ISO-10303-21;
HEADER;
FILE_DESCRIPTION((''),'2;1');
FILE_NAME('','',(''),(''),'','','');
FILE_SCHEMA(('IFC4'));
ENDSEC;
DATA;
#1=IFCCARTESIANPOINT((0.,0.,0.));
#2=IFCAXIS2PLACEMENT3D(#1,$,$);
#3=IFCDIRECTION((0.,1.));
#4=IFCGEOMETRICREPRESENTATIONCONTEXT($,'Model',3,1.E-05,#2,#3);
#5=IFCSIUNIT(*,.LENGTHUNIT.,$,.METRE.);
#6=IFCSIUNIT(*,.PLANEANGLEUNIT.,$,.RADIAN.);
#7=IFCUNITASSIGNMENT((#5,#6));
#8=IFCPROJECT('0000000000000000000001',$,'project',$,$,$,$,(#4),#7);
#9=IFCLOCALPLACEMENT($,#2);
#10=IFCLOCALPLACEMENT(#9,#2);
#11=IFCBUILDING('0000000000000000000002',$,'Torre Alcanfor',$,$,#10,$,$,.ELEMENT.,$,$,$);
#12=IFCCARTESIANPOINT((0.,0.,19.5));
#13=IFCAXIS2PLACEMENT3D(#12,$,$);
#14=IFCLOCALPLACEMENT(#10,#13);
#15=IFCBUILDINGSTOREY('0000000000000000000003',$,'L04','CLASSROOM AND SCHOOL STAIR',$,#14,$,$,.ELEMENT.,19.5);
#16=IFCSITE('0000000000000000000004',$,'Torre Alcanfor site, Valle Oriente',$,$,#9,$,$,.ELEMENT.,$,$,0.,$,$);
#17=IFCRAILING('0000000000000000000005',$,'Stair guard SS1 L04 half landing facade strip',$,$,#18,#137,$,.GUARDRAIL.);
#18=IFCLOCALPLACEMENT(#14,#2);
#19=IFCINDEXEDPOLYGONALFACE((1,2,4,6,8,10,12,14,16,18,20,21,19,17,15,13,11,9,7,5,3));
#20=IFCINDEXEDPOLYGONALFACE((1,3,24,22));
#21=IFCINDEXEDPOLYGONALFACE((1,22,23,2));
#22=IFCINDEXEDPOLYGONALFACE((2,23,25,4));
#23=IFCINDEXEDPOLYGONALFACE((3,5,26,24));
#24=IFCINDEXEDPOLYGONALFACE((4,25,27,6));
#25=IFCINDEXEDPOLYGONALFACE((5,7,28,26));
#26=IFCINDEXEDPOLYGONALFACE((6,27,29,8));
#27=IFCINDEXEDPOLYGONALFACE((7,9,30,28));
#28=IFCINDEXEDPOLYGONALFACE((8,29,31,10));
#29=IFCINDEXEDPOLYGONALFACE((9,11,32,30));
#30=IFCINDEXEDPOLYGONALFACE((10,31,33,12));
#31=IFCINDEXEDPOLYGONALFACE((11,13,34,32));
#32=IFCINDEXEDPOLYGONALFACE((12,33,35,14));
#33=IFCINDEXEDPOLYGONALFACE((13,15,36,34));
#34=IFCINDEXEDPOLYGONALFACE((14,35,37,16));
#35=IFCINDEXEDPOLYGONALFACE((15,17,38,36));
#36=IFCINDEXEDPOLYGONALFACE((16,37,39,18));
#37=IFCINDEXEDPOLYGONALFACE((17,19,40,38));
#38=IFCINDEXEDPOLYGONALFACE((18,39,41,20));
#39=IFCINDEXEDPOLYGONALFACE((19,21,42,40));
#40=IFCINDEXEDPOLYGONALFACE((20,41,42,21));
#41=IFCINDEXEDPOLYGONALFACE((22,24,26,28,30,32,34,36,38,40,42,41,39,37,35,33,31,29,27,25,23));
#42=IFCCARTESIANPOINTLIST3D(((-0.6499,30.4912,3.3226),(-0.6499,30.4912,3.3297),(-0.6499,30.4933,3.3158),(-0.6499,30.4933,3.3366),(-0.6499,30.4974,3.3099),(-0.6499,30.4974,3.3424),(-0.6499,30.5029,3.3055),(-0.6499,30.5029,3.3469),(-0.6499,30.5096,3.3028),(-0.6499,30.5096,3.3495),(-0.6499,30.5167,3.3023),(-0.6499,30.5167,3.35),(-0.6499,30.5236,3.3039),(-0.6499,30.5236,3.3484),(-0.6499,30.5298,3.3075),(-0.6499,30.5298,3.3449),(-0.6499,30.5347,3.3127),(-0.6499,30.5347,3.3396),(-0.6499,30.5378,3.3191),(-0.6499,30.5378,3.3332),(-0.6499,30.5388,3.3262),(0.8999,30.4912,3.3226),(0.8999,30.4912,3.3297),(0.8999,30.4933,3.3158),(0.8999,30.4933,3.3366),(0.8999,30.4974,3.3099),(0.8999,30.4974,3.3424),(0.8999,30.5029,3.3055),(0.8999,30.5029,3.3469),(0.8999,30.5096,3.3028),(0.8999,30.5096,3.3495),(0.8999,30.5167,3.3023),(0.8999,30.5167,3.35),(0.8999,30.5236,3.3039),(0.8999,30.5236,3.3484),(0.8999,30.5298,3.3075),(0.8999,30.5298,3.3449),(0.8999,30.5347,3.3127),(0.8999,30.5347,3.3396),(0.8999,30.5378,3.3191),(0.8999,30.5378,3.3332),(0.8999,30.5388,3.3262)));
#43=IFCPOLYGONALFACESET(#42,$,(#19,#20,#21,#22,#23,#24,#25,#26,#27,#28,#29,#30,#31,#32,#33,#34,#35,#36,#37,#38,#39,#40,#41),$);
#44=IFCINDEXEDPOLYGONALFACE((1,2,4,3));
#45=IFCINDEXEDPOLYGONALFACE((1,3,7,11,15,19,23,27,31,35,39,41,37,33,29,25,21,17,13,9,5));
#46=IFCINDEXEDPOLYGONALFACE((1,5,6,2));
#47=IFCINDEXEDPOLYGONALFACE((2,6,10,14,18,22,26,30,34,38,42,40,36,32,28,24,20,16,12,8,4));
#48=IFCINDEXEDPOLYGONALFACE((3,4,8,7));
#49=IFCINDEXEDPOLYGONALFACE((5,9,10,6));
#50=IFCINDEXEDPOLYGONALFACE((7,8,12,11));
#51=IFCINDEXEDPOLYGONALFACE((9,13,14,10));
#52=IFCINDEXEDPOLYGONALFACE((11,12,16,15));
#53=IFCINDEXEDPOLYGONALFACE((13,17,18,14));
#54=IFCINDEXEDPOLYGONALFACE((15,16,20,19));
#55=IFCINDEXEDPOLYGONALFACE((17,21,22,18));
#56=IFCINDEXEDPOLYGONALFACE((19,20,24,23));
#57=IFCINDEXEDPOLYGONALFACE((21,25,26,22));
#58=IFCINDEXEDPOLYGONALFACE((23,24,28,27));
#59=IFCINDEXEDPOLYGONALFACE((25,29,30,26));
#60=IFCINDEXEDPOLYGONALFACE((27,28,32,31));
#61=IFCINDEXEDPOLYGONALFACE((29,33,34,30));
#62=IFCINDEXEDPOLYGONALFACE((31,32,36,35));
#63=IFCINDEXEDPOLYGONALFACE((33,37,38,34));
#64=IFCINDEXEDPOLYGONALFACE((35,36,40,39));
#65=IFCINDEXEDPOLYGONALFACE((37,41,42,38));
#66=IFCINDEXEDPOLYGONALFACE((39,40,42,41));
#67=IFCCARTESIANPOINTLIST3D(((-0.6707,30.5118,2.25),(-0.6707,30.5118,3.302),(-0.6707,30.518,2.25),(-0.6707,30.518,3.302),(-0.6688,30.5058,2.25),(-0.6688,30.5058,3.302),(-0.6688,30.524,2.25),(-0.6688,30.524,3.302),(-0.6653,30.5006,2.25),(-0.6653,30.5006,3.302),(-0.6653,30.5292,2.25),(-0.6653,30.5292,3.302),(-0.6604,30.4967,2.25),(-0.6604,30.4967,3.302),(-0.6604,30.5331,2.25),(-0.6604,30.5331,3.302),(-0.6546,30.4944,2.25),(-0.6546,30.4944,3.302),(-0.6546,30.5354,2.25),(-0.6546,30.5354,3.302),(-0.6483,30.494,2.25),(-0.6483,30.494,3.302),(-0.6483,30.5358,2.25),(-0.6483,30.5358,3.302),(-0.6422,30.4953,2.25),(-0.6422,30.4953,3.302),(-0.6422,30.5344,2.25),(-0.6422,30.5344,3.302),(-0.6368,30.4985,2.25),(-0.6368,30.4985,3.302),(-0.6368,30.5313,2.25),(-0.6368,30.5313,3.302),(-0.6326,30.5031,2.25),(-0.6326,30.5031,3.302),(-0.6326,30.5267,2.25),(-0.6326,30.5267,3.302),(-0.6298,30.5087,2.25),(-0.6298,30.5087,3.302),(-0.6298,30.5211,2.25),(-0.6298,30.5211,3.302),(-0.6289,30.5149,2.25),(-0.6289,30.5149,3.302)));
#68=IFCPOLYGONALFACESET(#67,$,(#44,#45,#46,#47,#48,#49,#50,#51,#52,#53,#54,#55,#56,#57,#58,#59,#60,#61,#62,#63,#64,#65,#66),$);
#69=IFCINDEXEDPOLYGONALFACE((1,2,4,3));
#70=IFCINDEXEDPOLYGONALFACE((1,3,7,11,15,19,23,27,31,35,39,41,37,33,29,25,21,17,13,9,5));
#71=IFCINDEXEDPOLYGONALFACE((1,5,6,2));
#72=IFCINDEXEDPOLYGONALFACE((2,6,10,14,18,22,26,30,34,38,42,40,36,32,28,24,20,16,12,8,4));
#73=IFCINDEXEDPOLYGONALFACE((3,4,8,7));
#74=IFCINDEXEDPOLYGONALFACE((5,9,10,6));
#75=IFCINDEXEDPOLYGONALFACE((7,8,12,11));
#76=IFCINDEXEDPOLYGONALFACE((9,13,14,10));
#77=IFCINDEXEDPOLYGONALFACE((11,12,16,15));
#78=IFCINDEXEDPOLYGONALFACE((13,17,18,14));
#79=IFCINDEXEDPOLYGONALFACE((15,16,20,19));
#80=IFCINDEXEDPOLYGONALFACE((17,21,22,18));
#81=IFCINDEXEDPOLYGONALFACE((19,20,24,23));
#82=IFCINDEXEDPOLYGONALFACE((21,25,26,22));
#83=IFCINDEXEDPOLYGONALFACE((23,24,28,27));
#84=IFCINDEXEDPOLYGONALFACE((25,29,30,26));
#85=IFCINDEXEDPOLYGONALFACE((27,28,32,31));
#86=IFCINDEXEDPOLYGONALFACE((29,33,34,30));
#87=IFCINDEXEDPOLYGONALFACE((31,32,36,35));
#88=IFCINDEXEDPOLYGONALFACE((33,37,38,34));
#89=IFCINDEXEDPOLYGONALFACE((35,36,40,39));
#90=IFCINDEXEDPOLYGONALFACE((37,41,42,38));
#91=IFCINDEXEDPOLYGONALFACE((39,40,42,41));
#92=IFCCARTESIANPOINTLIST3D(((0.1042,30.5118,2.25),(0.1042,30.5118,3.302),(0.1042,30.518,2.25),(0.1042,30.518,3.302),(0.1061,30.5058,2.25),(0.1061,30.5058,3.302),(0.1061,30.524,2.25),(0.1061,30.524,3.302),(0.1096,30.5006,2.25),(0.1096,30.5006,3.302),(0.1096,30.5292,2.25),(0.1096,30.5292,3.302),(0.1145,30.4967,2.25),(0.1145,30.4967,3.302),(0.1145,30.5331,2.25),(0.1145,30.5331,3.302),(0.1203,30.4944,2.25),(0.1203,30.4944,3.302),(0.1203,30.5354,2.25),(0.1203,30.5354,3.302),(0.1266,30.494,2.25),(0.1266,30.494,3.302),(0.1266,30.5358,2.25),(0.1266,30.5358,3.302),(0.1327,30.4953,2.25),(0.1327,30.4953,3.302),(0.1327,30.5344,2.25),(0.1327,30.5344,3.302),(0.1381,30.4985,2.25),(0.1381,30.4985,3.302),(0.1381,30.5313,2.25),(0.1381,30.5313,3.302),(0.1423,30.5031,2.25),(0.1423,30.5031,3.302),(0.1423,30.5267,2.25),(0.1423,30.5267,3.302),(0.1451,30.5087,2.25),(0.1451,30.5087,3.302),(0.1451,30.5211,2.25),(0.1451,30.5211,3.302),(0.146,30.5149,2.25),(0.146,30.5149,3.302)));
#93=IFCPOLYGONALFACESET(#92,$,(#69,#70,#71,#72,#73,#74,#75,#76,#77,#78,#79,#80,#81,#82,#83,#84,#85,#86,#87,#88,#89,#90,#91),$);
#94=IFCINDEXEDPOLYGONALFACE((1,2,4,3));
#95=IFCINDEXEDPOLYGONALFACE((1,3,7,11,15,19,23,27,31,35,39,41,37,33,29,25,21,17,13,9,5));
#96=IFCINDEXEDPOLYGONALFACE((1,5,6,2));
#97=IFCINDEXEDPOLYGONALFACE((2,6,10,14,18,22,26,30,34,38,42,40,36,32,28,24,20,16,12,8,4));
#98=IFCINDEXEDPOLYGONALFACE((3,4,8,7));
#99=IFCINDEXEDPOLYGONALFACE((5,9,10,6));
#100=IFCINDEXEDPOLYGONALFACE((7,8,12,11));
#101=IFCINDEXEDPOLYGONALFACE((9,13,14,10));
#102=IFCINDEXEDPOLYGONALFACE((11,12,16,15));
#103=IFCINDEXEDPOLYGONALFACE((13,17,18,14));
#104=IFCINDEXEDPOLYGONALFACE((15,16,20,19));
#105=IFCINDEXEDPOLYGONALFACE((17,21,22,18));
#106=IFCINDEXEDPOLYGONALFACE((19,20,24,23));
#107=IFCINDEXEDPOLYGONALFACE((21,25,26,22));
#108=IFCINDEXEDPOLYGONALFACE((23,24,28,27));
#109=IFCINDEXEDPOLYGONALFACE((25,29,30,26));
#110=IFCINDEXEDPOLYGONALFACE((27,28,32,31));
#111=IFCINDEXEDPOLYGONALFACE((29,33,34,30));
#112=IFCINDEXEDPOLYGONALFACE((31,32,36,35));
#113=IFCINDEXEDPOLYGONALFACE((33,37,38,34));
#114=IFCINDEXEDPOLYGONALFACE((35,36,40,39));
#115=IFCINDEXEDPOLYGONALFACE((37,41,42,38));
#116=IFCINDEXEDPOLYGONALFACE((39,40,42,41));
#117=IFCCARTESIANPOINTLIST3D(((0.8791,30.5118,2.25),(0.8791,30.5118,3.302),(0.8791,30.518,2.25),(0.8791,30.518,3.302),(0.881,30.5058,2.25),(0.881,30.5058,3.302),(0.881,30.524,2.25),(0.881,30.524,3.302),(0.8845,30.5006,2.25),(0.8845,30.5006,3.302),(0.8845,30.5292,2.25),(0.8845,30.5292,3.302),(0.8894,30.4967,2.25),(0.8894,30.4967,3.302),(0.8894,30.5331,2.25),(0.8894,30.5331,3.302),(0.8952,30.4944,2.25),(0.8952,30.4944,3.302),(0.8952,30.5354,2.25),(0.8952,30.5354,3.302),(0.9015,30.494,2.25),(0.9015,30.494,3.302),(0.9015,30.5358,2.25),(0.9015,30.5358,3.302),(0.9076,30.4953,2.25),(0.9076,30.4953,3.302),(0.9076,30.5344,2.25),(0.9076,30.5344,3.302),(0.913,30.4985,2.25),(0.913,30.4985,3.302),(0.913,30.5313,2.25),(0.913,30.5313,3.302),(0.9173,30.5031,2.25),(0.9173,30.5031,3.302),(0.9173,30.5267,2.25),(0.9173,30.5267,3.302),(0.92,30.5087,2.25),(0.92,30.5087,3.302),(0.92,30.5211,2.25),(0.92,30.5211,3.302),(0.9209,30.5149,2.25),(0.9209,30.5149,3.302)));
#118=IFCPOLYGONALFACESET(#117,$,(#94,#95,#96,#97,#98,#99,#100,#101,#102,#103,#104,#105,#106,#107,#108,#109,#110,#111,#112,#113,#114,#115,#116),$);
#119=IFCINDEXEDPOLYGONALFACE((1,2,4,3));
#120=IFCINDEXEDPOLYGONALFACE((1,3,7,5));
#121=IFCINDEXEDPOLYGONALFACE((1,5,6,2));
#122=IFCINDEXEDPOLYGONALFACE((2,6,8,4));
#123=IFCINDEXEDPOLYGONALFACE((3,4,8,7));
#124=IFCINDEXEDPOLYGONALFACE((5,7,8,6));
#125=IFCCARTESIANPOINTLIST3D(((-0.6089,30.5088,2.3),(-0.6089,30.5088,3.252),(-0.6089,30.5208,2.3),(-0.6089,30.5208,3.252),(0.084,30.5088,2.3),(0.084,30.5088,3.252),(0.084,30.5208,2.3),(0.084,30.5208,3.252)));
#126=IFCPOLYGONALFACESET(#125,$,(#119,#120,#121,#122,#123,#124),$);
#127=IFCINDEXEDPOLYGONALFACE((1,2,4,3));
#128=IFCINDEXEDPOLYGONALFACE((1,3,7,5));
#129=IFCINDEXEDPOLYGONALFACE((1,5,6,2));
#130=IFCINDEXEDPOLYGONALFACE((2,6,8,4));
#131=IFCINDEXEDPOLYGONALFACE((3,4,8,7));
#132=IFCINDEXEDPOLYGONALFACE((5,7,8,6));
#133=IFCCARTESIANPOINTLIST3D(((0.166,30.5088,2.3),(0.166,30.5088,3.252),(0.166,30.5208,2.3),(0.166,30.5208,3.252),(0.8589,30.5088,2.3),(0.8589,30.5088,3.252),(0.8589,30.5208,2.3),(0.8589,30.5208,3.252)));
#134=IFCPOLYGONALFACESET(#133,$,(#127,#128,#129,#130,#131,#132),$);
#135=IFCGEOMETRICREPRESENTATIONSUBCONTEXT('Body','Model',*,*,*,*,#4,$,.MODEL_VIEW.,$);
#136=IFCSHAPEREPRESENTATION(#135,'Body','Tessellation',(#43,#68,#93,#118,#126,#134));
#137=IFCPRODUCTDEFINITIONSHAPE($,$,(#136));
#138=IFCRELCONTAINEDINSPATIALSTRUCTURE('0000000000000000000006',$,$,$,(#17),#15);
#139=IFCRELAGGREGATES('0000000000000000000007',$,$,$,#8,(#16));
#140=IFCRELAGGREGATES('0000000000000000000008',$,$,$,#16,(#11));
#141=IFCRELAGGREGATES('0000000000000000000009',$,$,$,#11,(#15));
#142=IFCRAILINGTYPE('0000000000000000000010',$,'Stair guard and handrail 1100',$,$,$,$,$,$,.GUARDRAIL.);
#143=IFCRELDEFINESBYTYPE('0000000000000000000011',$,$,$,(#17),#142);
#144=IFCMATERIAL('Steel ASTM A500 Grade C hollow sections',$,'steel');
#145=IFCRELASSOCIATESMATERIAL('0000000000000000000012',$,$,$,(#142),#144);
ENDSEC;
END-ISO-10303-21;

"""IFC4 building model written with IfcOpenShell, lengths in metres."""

from ifc_helpers import new_model, si_unit, direction, frame, origin, origin_2d, place, context, subcontext, project, spatial, polyline, circle, outline, extrude, material, type_object, element, save


model = new_model("IFC4")

# Units and contexts
model_context = context("Model", 3, precision=1e-05, world=origin(), true_north=direction((0.0, 1.0)))
body_context = subcontext(model_context, "Body", "Model", "MODEL_VIEW")
ifc_project = project(units=[si_unit("LENGTHUNIT", "METRE"), si_unit("PLANEANGLEUNIT", "RADIAN")], contexts=[model_context])

# Site, building, storey
site_placement = place(None, origin())
site = spatial("IfcSite", under=ifc_project, at=site_placement, Name="Torre Alcanfor site, Valle Oriente", CompositionType="ELEMENT", RefElevation=0.0)
building_placement = place(site_placement, origin())
building = spatial("IfcBuilding", under=site, at=building_placement, Name="Torre Alcanfor", CompositionType="ELEMENT")
storey_placement = place(building_placement, frame((0.0, 0.0, 19.5)))
storey = spatial("IfcBuildingStorey", under=building, at=storey_placement, Name="L04", Description="CLASSROOM AND SCHOOL STAIR", CompositionType="ELEMENT", Elevation=19.5)

# Railing
ifc_material_1 = material(Name="Steel ASTM A500 Grade C hollow sections", Category="steel")
railing_type_1 = type_object("IfcRailingType", Name="Stair guard and handrail 1100", PredefinedType="GUARDRAIL", material=ifc_material_1)
railing_1_placement = place(storey_placement, frame((-0.6499, 30.5149, 2.25)))
element("IfcRailing", 1, at=railing_1_placement, inside=storey, type_object=railing_type_1, Name="Stair guard SS1 L04 half landing facade strip", PredefinedType="GUARDRAIL", context=body_context, shape_type="SweptSolid", body=[
    extrude(circle(Radius=0.0239, at=origin_2d()), frame((0.0, 0.0, 1.0762), z_axis=(1.0, 0.0, 0.0), x_axis=(0.0, 1.0, 0.0)), (0.0, 0.0, 1.0), 1.5498),
    extrude(circle(Radius=0.021, at=origin_2d()), origin(), (0.0, 0.0, 1.0), 1.052),
    extrude(circle(Radius=0.021, at=origin_2d()), frame((0.7749, 0.0, 0.0)), (0.0, 0.0, 1.0), 1.052),
    extrude(circle(Radius=0.021, at=origin_2d()), frame((1.5498, 0.0, 0.0)), (0.0, 0.0, 1.0), 1.052),
    extrude(outline(polyline([(0.041, 0.05), (0.7339, 0.05), (0.7339, 1.002), (0.041, 1.002), (0.041, 0.05)])), frame((0.0, 0.0059, 0.0), z_axis=(0.0, -1.0, 0.0), x_axis=(1.0, 0.0, 0.0)), (0.0, 0.0, 1.0), 0.012),
    extrude(outline(polyline([(0.8159, 0.05), (1.5088, 0.05), (1.5088, 1.002), (0.8159, 1.002), (0.8159, 0.05)])), frame((0.0, 0.0059, 0.0), z_axis=(0.0, -1.0, 0.0), x_axis=(1.0, 0.0, 0.0)), (0.0, 0.0, 1.0), 0.012),
])

save(model, "model.ifc")
